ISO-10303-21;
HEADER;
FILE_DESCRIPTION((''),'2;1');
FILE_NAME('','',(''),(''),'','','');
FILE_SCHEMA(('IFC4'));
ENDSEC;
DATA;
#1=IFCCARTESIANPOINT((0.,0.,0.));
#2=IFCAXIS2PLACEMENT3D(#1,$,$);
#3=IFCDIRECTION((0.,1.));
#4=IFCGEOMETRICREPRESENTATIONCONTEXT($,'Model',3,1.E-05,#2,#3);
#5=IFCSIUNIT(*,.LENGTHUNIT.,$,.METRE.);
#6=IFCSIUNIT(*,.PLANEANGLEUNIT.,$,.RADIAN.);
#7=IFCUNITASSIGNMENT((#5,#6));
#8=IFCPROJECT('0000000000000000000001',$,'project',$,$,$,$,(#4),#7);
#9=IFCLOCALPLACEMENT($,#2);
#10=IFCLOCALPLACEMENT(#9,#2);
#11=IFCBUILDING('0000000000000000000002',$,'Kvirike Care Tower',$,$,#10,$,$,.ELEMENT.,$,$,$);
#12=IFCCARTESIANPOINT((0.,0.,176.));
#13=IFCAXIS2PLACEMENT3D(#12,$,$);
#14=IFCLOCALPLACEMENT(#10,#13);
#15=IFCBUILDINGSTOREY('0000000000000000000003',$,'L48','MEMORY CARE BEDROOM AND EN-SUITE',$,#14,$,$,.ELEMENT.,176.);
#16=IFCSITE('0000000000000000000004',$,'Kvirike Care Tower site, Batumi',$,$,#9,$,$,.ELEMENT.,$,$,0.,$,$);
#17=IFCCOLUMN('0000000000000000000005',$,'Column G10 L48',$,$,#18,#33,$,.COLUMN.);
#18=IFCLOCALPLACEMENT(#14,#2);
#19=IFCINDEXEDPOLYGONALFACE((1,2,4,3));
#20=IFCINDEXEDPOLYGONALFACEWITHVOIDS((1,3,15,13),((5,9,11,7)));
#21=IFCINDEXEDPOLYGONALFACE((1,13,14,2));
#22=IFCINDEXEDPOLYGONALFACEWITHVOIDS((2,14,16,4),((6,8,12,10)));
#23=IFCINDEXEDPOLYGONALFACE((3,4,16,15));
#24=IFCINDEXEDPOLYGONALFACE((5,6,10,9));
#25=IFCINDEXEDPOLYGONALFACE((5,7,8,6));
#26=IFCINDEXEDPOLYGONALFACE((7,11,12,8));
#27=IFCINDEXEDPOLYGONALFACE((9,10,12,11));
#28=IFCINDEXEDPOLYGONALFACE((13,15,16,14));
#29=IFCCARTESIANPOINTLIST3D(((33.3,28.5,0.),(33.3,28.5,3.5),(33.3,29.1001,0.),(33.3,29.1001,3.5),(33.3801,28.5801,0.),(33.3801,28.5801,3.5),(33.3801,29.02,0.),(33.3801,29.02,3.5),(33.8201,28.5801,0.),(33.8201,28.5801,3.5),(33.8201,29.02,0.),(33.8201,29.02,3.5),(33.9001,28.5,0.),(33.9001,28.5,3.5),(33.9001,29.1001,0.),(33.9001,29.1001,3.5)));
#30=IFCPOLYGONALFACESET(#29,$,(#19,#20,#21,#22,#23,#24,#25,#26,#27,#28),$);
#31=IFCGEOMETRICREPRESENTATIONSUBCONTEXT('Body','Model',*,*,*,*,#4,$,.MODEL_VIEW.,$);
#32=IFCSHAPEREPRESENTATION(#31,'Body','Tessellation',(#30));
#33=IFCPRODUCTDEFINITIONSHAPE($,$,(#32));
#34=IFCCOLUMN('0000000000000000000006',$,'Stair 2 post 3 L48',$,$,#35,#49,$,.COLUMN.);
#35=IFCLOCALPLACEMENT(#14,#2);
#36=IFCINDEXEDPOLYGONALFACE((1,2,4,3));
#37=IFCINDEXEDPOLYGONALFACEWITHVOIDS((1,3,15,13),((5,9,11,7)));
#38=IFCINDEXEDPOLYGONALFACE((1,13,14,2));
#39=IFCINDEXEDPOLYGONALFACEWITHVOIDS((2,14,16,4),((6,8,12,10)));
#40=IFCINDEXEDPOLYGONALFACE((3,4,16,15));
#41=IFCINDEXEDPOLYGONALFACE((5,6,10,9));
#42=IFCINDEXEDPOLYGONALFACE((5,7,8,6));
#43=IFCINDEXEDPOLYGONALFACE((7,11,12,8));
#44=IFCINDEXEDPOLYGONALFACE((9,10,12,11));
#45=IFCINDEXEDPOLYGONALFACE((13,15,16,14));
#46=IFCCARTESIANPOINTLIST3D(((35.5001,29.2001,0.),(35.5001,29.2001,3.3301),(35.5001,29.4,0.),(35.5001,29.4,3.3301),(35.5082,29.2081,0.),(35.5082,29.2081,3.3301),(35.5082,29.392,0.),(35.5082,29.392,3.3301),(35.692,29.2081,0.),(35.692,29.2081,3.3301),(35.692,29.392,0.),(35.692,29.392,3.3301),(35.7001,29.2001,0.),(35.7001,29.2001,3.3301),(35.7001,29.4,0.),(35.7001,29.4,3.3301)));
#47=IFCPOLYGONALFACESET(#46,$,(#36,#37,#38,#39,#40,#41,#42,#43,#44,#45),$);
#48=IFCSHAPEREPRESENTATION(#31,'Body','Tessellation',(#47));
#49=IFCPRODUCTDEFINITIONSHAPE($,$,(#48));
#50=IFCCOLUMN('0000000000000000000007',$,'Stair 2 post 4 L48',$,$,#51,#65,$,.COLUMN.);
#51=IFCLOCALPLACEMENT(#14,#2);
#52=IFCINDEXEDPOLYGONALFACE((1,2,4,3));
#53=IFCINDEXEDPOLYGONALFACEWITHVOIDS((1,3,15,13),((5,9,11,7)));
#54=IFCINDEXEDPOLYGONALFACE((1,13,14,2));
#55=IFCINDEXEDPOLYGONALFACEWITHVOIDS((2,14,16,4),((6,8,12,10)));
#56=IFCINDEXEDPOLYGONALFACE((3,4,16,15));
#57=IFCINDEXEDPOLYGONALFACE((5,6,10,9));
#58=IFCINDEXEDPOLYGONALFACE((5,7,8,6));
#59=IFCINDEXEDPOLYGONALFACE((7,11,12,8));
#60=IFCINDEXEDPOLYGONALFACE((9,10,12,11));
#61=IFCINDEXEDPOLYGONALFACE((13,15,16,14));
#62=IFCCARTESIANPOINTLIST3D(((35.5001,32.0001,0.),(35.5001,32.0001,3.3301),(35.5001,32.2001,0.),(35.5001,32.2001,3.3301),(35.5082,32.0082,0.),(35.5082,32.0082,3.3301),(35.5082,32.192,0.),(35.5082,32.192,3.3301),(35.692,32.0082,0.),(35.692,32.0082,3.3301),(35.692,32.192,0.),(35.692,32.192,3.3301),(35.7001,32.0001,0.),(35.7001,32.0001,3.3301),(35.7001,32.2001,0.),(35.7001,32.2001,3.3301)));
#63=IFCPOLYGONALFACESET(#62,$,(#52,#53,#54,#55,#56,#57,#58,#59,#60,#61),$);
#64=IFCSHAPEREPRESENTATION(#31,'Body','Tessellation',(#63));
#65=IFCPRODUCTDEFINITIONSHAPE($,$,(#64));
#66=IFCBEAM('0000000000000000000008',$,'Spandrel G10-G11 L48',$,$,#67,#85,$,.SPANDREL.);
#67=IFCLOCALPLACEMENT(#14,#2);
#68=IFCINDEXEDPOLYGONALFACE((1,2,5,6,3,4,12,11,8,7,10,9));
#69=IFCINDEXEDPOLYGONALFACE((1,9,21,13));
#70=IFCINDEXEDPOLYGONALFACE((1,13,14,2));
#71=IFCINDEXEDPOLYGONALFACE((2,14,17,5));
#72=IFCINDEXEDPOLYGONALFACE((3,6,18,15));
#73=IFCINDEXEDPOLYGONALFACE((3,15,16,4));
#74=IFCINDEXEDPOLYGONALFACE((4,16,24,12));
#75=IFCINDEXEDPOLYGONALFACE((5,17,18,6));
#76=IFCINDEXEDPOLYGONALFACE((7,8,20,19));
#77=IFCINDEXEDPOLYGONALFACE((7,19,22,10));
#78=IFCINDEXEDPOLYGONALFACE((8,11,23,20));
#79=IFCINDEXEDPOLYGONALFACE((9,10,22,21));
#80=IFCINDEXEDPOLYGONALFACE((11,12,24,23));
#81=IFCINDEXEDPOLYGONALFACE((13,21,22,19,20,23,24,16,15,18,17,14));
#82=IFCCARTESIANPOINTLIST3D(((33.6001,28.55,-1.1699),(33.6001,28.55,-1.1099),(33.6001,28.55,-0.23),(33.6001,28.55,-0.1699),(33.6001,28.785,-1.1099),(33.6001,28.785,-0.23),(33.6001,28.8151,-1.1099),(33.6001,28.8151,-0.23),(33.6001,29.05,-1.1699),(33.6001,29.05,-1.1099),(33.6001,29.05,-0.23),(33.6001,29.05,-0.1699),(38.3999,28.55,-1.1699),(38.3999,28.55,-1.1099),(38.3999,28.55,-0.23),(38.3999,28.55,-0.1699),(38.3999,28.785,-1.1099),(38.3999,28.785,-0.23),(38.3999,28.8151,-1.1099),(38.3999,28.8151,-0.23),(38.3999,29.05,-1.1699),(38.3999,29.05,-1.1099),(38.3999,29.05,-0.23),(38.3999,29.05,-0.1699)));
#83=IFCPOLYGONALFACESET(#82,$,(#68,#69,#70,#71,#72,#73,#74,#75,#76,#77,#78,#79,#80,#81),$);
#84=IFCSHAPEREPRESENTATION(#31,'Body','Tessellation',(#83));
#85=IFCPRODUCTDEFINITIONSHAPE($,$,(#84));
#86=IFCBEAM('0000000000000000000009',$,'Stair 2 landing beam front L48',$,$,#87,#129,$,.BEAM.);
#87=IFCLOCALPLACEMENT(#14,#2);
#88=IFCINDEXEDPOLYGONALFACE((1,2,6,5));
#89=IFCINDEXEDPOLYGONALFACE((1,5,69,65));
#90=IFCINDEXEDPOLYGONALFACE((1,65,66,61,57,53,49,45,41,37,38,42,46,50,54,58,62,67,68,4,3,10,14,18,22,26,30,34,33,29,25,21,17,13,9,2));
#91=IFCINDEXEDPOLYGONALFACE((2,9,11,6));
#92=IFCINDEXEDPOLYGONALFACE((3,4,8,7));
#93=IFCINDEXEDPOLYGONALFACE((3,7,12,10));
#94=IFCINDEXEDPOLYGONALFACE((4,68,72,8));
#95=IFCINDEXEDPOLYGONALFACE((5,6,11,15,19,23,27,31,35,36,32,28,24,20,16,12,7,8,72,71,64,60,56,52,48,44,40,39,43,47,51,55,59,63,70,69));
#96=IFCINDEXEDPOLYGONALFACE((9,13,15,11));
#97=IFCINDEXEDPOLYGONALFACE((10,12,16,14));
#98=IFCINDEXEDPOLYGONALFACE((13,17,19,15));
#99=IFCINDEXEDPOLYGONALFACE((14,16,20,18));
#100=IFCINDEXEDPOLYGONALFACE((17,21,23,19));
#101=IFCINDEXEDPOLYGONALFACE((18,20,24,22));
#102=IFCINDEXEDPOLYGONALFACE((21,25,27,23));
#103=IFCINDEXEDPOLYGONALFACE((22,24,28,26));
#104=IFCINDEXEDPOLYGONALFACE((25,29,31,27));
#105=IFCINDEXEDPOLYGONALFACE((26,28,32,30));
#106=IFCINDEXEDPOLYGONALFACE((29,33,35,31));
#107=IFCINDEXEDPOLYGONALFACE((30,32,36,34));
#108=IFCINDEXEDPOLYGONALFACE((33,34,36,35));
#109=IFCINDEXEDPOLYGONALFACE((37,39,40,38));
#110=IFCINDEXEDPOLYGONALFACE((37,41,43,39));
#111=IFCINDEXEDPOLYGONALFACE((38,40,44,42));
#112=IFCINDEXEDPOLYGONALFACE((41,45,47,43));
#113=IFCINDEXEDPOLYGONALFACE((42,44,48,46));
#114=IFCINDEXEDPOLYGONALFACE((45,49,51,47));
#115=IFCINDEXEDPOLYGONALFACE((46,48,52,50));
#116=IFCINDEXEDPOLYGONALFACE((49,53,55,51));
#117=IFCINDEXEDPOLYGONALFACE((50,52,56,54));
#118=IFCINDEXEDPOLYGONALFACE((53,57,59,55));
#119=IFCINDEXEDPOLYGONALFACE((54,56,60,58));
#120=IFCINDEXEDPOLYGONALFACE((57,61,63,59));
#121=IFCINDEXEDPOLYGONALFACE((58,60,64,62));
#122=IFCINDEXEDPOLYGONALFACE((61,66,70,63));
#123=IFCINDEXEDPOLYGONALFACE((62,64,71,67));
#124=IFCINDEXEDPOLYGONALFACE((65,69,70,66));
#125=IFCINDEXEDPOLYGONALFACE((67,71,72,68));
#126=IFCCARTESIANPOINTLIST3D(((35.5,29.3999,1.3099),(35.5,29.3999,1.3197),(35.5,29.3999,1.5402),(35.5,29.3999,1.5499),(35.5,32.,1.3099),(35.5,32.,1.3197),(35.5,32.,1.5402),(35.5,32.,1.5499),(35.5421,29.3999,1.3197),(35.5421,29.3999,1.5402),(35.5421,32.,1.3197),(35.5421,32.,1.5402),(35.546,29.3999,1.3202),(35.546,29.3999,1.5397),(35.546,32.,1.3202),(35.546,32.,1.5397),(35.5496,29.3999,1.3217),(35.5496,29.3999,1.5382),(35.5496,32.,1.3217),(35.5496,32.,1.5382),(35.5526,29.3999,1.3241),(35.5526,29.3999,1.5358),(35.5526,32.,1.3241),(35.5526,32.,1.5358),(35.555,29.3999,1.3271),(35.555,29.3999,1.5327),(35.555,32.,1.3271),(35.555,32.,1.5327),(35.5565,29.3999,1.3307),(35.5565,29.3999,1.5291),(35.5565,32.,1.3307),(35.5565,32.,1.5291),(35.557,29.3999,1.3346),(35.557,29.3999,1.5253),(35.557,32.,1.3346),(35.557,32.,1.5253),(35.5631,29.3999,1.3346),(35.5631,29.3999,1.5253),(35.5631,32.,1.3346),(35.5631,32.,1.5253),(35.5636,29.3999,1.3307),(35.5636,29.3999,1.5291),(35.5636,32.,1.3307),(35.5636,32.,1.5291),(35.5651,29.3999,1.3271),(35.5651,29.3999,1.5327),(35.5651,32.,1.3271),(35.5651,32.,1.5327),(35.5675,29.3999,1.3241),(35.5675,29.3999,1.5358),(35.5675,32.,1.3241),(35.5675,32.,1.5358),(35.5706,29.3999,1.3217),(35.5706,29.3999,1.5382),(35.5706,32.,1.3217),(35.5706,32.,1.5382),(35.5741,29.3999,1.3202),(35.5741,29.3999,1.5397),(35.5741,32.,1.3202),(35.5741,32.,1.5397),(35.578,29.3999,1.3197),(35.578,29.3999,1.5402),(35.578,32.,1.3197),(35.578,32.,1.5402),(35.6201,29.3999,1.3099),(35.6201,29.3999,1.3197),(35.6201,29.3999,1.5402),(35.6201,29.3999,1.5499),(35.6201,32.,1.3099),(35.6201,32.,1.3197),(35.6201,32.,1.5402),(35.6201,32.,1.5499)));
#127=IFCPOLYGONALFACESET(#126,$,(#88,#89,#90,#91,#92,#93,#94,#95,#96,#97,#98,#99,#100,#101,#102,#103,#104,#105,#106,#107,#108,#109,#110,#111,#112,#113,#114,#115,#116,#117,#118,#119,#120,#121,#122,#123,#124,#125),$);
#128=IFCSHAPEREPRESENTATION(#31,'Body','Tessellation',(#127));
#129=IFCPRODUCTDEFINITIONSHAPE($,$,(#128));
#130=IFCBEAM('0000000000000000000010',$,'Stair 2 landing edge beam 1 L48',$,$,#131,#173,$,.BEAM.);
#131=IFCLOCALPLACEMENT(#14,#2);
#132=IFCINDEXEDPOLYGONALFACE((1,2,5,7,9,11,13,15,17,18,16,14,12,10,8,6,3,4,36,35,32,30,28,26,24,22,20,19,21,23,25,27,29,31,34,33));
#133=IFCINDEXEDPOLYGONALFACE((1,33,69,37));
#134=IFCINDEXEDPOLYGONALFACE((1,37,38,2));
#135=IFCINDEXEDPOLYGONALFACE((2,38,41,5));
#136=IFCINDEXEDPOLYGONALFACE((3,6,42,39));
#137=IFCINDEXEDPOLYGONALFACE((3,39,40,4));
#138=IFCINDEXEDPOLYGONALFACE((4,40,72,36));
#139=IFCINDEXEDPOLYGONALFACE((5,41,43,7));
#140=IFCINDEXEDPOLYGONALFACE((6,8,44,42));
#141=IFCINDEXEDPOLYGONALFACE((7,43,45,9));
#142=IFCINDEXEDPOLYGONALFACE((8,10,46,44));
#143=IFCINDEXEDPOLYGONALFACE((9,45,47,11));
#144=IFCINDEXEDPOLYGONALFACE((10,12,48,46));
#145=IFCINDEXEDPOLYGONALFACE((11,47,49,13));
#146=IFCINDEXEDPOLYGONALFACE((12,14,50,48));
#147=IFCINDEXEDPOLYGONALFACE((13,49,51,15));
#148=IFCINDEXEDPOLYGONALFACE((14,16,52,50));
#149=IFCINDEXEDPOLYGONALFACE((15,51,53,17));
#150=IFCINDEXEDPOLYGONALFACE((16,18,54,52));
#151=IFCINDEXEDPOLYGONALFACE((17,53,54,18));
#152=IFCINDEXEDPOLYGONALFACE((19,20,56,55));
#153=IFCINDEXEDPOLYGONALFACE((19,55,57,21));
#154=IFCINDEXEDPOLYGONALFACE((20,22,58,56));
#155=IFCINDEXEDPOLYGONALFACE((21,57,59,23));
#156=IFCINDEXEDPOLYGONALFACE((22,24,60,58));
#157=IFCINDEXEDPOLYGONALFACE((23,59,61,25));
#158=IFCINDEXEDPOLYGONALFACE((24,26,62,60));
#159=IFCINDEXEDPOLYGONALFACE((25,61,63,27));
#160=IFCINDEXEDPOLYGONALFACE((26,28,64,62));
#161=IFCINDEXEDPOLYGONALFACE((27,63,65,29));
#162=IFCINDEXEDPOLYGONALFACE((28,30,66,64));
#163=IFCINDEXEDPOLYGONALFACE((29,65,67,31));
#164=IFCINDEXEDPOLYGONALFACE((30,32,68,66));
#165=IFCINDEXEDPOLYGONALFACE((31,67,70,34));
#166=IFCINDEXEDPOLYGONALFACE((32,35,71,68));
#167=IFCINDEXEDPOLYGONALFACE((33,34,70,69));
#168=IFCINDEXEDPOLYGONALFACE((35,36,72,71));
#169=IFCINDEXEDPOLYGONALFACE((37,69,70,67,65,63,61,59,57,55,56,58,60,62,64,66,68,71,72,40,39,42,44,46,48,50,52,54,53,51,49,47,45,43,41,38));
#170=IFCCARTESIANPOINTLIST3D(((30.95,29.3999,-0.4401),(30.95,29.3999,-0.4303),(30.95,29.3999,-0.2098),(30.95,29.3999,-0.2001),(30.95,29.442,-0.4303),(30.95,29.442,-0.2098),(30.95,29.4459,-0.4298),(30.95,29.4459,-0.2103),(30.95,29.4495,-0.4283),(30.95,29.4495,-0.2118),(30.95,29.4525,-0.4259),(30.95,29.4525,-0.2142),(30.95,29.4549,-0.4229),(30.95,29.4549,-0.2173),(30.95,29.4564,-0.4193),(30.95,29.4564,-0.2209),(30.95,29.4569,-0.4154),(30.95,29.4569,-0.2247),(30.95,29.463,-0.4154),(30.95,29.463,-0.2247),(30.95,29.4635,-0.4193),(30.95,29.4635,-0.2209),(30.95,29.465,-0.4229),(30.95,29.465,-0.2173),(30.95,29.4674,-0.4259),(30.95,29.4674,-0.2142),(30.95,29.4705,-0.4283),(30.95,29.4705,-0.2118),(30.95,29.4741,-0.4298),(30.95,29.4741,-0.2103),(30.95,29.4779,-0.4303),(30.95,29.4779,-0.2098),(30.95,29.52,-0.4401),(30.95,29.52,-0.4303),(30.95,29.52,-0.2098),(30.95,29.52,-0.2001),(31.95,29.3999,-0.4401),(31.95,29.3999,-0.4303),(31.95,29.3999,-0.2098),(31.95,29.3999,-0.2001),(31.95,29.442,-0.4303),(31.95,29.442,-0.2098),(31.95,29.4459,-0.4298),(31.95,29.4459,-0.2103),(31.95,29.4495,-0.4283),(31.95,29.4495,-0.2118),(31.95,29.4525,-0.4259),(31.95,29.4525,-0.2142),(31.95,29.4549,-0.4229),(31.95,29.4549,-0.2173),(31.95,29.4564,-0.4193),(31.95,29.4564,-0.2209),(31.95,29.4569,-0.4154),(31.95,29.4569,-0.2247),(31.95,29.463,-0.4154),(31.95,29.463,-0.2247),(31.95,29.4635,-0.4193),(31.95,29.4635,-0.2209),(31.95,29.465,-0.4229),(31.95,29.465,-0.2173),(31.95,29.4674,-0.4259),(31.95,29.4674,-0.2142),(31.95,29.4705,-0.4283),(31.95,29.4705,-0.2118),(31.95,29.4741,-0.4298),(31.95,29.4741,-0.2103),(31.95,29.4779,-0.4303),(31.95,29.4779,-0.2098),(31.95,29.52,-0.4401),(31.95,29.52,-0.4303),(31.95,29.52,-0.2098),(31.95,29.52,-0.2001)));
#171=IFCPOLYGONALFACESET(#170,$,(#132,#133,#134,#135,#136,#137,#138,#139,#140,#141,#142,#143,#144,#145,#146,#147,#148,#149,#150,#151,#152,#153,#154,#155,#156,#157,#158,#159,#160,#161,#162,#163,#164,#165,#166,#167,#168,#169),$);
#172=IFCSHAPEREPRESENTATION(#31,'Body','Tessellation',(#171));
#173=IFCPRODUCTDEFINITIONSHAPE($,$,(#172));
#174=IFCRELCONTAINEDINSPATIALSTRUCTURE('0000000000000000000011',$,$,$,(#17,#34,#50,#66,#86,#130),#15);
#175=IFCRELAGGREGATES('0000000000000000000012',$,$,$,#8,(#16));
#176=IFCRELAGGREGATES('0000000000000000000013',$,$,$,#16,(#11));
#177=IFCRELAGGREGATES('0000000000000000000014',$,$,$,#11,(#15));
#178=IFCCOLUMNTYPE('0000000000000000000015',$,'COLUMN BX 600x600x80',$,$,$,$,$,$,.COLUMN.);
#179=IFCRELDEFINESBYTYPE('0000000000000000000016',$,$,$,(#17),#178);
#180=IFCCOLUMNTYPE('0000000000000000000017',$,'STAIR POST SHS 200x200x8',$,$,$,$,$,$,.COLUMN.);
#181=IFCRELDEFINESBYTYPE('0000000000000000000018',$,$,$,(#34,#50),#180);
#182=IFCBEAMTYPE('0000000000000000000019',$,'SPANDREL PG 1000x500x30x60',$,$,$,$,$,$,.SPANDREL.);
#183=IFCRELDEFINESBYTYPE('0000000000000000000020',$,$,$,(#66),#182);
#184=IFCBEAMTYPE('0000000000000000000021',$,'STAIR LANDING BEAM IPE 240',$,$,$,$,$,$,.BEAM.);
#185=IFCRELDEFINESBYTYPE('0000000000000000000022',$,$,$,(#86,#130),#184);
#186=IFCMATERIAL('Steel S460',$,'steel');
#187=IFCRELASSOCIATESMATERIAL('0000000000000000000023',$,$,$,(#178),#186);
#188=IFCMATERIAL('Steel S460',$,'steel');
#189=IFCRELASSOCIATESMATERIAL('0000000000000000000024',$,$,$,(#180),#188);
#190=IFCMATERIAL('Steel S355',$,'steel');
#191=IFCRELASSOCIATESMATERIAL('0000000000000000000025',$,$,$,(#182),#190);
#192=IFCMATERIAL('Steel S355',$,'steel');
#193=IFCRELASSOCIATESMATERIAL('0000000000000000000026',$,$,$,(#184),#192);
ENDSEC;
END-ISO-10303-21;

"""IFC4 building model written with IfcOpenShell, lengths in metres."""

from ifc_helpers import new_model, si_unit, direction, frame, origin, origin_2d, place, context, subcontext, project, spatial, hollow_rectangle, i_section, extrude, material, material_profile, profile_set, type_object, element, save


model = new_model("IFC4")

# Units and contexts
model_context = context("Model", 3, precision=1e-05, world=origin(), true_north=direction((0.0, 1.0)))
body_context = subcontext(model_context, "Body", "Model", "MODEL_VIEW")
ifc_project = project(units=[si_unit("LENGTHUNIT", "METRE"), si_unit("PLANEANGLEUNIT", "RADIAN")], contexts=[model_context])

# Site, building, storey
site_placement = place(None, origin())
site = spatial("IfcSite", under=ifc_project, at=site_placement, Name="Kvirike Care Tower site, Batumi", CompositionType="ELEMENT", RefElevation=0.0)
building_placement = place(site_placement, origin())
building = spatial("IfcBuilding", under=site, at=building_placement, Name="Kvirike Care Tower", CompositionType="ELEMENT")
storey_placement = place(building_placement, frame((0.0, 0.0, 176.0)))
storey = spatial("IfcBuildingStorey", under=building, at=storey_placement, Name="L48", Description="MEMORY CARE BEDROOM AND EN-SUITE", CompositionType="ELEMENT", Elevation=176.0)

# Columns
ifc_material_1 = material(Name="Steel S460", Category="steel")
ifc_material_profile_1 = material_profile(ifc_material_1, hollow_rectangle(XDim=0.6001, YDim=0.6001, WallThickness=0.0801, at=origin_2d()), Name="BX 600x600x80")
ifc_profile_set_1 = profile_set([ifc_material_profile_1], Name="Steel S460")
column_type_1 = type_object("IfcColumnType", Name="COLUMN BX 600x600x80", PredefinedType="COLUMN", material=ifc_profile_set_1)
column_placement = place(storey_placement, frame((33.6001, 28.8, 0.0), z_axis=(0.0, 0.0, 1.0), x_axis=(0.0, 1.0, 0.0)))
element("IfcColumn", 1, at=column_placement, inside=storey, type_object=column_type_1, Name="Column G10 L48", PredefinedType="COLUMN", context=body_context, shape_type="SweptSolid", body=[
    extrude(hollow_rectangle(XDim=0.6001, YDim=0.6001, WallThickness=0.0801, at=origin_2d()), origin(), (0.0, 0.0, 1.0), 3.5),
])
ifc_material_2 = material(Name="Steel S460", Category="steel")
ifc_material_profile_2 = material_profile(ifc_material_2, hollow_rectangle(XDim=0.2, YDim=0.2, WallThickness=0.0081, at=origin_2d()), Name="SHS 200x200x8")
ifc_profile_set_2 = profile_set([ifc_material_profile_2], Name="Steel S460")
column_type_2 = type_object("IfcColumnType", Name="STAIR POST SHS 200x200x8", PredefinedType="COLUMN", material=ifc_profile_set_2)
for number, where, z_axis, x_axis, name in (
    (2, (35.6001, 29.3, 0.0), (0.0, 0.0, 1.0), (1.0, 0.0, 0.0), "Stair 2 post 3 L48"),
    (3, (35.6001, 32.1001, 0.0), (0.0, 0.0, 1.0), (1.0, 0.0, 0.0), "Stair 2 post 4 L48"),
):
    element("IfcColumn", number, at=place(storey_placement, frame(where, z_axis=z_axis, x_axis=x_axis)), inside=storey, type_object=column_type_2, Name=name, PredefinedType="COLUMN", context=body_context, shape_type="SweptSolid", body=[
        extrude(hollow_rectangle(XDim=0.2, YDim=0.2, WallThickness=0.0081, at=origin_2d()), origin(), (0.0, 0.0, 1.0), 3.3301),
    ])

# Beams
ifc_material_3 = material(Name="Steel S355", Category="steel")
ifc_material_profile_3 = material_profile(ifc_material_3, i_section(OverallWidth=0.5, OverallDepth=1.0, WebThickness=0.03, FlangeThickness=0.0601, at=origin_2d()), Name="PG 1000x500x30x60")
ifc_profile_set_3 = profile_set([ifc_material_profile_3], Name="Steel S355")
beam_type_1 = type_object("IfcBeamType", Name="SPANDREL PG 1000x500x30x60", PredefinedType="SPANDREL", material=ifc_profile_set_3)
beam_1_placement = place(storey_placement, frame((33.6001, 28.8, -0.6699), z_axis=(1.0, 0.0, 0.0), x_axis=(0.0, 1.0, 0.0)))
element("IfcBeam", 4, at=beam_1_placement, inside=storey, type_object=beam_type_1, Name="Spandrel G10-G11 L48", PredefinedType="SPANDREL", context=body_context, shape_type="SweptSolid", body=[
    extrude(i_section(OverallWidth=0.5, OverallDepth=1.0, WebThickness=0.03, FlangeThickness=0.0601, at=origin_2d()), origin(), (0.0, 0.0, 1.0), 4.7998),
])
ifc_material_4 = material(Name="Steel S355", Category="steel")
ifc_material_profile_4 = material_profile(ifc_material_4, i_section(OverallWidth=0.1201, OverallDepth=0.24, WebThickness=0.0061, FlangeThickness=0.0098, FilletRadius=0.0149, at=origin_2d()), Name="IPE 240")
ifc_profile_set_4 = profile_set([ifc_material_profile_4], Name="Steel S355")
beam_type_2 = type_object("IfcBeamType", Name="STAIR LANDING BEAM IPE 240", PredefinedType="BEAM", material=ifc_profile_set_4)
beam_2_placement = place(storey_placement, frame((35.5601, 29.3999, 1.4299), z_axis=(0.0, 1.0, 0.0), x_axis=(-1.0, 0.0, 0.0)))
element("IfcBeam", 5, at=beam_2_placement, inside=storey, type_object=beam_type_2, Name="Stair 2 landing beam front L48", PredefinedType="BEAM", context=body_context, shape_type="SweptSolid", body=[
    extrude(i_section(OverallWidth=0.1201, OverallDepth=0.24, WebThickness=0.0061, FlangeThickness=0.0098, FilletRadius=0.0149, at=origin_2d()), origin(), (0.0, 0.0, 1.0), 2.6001),
])
for number, where, z_axis, x_axis, name in (
    (6, (31.95, 29.46, -0.3201), (-1.0, 0.0, 0.0), (0.0, -1.0, 0.0), "Stair 2 landing edge beam 1 L48"),
):
    element("IfcBeam", number, at=place(storey_placement, frame(where, z_axis=z_axis, x_axis=x_axis)), inside=storey, type_object=beam_type_2, Name=name, PredefinedType="BEAM", context=body_context, shape_type="SweptSolid", body=[
        extrude(i_section(OverallWidth=0.1201, OverallDepth=0.24, WebThickness=0.0061, FlangeThickness=0.0098, FilletRadius=0.0149, at=origin_2d()), origin(), (0.0, 0.0, 1.0), 1.0),
    ])

save(model, "model.ifc")
